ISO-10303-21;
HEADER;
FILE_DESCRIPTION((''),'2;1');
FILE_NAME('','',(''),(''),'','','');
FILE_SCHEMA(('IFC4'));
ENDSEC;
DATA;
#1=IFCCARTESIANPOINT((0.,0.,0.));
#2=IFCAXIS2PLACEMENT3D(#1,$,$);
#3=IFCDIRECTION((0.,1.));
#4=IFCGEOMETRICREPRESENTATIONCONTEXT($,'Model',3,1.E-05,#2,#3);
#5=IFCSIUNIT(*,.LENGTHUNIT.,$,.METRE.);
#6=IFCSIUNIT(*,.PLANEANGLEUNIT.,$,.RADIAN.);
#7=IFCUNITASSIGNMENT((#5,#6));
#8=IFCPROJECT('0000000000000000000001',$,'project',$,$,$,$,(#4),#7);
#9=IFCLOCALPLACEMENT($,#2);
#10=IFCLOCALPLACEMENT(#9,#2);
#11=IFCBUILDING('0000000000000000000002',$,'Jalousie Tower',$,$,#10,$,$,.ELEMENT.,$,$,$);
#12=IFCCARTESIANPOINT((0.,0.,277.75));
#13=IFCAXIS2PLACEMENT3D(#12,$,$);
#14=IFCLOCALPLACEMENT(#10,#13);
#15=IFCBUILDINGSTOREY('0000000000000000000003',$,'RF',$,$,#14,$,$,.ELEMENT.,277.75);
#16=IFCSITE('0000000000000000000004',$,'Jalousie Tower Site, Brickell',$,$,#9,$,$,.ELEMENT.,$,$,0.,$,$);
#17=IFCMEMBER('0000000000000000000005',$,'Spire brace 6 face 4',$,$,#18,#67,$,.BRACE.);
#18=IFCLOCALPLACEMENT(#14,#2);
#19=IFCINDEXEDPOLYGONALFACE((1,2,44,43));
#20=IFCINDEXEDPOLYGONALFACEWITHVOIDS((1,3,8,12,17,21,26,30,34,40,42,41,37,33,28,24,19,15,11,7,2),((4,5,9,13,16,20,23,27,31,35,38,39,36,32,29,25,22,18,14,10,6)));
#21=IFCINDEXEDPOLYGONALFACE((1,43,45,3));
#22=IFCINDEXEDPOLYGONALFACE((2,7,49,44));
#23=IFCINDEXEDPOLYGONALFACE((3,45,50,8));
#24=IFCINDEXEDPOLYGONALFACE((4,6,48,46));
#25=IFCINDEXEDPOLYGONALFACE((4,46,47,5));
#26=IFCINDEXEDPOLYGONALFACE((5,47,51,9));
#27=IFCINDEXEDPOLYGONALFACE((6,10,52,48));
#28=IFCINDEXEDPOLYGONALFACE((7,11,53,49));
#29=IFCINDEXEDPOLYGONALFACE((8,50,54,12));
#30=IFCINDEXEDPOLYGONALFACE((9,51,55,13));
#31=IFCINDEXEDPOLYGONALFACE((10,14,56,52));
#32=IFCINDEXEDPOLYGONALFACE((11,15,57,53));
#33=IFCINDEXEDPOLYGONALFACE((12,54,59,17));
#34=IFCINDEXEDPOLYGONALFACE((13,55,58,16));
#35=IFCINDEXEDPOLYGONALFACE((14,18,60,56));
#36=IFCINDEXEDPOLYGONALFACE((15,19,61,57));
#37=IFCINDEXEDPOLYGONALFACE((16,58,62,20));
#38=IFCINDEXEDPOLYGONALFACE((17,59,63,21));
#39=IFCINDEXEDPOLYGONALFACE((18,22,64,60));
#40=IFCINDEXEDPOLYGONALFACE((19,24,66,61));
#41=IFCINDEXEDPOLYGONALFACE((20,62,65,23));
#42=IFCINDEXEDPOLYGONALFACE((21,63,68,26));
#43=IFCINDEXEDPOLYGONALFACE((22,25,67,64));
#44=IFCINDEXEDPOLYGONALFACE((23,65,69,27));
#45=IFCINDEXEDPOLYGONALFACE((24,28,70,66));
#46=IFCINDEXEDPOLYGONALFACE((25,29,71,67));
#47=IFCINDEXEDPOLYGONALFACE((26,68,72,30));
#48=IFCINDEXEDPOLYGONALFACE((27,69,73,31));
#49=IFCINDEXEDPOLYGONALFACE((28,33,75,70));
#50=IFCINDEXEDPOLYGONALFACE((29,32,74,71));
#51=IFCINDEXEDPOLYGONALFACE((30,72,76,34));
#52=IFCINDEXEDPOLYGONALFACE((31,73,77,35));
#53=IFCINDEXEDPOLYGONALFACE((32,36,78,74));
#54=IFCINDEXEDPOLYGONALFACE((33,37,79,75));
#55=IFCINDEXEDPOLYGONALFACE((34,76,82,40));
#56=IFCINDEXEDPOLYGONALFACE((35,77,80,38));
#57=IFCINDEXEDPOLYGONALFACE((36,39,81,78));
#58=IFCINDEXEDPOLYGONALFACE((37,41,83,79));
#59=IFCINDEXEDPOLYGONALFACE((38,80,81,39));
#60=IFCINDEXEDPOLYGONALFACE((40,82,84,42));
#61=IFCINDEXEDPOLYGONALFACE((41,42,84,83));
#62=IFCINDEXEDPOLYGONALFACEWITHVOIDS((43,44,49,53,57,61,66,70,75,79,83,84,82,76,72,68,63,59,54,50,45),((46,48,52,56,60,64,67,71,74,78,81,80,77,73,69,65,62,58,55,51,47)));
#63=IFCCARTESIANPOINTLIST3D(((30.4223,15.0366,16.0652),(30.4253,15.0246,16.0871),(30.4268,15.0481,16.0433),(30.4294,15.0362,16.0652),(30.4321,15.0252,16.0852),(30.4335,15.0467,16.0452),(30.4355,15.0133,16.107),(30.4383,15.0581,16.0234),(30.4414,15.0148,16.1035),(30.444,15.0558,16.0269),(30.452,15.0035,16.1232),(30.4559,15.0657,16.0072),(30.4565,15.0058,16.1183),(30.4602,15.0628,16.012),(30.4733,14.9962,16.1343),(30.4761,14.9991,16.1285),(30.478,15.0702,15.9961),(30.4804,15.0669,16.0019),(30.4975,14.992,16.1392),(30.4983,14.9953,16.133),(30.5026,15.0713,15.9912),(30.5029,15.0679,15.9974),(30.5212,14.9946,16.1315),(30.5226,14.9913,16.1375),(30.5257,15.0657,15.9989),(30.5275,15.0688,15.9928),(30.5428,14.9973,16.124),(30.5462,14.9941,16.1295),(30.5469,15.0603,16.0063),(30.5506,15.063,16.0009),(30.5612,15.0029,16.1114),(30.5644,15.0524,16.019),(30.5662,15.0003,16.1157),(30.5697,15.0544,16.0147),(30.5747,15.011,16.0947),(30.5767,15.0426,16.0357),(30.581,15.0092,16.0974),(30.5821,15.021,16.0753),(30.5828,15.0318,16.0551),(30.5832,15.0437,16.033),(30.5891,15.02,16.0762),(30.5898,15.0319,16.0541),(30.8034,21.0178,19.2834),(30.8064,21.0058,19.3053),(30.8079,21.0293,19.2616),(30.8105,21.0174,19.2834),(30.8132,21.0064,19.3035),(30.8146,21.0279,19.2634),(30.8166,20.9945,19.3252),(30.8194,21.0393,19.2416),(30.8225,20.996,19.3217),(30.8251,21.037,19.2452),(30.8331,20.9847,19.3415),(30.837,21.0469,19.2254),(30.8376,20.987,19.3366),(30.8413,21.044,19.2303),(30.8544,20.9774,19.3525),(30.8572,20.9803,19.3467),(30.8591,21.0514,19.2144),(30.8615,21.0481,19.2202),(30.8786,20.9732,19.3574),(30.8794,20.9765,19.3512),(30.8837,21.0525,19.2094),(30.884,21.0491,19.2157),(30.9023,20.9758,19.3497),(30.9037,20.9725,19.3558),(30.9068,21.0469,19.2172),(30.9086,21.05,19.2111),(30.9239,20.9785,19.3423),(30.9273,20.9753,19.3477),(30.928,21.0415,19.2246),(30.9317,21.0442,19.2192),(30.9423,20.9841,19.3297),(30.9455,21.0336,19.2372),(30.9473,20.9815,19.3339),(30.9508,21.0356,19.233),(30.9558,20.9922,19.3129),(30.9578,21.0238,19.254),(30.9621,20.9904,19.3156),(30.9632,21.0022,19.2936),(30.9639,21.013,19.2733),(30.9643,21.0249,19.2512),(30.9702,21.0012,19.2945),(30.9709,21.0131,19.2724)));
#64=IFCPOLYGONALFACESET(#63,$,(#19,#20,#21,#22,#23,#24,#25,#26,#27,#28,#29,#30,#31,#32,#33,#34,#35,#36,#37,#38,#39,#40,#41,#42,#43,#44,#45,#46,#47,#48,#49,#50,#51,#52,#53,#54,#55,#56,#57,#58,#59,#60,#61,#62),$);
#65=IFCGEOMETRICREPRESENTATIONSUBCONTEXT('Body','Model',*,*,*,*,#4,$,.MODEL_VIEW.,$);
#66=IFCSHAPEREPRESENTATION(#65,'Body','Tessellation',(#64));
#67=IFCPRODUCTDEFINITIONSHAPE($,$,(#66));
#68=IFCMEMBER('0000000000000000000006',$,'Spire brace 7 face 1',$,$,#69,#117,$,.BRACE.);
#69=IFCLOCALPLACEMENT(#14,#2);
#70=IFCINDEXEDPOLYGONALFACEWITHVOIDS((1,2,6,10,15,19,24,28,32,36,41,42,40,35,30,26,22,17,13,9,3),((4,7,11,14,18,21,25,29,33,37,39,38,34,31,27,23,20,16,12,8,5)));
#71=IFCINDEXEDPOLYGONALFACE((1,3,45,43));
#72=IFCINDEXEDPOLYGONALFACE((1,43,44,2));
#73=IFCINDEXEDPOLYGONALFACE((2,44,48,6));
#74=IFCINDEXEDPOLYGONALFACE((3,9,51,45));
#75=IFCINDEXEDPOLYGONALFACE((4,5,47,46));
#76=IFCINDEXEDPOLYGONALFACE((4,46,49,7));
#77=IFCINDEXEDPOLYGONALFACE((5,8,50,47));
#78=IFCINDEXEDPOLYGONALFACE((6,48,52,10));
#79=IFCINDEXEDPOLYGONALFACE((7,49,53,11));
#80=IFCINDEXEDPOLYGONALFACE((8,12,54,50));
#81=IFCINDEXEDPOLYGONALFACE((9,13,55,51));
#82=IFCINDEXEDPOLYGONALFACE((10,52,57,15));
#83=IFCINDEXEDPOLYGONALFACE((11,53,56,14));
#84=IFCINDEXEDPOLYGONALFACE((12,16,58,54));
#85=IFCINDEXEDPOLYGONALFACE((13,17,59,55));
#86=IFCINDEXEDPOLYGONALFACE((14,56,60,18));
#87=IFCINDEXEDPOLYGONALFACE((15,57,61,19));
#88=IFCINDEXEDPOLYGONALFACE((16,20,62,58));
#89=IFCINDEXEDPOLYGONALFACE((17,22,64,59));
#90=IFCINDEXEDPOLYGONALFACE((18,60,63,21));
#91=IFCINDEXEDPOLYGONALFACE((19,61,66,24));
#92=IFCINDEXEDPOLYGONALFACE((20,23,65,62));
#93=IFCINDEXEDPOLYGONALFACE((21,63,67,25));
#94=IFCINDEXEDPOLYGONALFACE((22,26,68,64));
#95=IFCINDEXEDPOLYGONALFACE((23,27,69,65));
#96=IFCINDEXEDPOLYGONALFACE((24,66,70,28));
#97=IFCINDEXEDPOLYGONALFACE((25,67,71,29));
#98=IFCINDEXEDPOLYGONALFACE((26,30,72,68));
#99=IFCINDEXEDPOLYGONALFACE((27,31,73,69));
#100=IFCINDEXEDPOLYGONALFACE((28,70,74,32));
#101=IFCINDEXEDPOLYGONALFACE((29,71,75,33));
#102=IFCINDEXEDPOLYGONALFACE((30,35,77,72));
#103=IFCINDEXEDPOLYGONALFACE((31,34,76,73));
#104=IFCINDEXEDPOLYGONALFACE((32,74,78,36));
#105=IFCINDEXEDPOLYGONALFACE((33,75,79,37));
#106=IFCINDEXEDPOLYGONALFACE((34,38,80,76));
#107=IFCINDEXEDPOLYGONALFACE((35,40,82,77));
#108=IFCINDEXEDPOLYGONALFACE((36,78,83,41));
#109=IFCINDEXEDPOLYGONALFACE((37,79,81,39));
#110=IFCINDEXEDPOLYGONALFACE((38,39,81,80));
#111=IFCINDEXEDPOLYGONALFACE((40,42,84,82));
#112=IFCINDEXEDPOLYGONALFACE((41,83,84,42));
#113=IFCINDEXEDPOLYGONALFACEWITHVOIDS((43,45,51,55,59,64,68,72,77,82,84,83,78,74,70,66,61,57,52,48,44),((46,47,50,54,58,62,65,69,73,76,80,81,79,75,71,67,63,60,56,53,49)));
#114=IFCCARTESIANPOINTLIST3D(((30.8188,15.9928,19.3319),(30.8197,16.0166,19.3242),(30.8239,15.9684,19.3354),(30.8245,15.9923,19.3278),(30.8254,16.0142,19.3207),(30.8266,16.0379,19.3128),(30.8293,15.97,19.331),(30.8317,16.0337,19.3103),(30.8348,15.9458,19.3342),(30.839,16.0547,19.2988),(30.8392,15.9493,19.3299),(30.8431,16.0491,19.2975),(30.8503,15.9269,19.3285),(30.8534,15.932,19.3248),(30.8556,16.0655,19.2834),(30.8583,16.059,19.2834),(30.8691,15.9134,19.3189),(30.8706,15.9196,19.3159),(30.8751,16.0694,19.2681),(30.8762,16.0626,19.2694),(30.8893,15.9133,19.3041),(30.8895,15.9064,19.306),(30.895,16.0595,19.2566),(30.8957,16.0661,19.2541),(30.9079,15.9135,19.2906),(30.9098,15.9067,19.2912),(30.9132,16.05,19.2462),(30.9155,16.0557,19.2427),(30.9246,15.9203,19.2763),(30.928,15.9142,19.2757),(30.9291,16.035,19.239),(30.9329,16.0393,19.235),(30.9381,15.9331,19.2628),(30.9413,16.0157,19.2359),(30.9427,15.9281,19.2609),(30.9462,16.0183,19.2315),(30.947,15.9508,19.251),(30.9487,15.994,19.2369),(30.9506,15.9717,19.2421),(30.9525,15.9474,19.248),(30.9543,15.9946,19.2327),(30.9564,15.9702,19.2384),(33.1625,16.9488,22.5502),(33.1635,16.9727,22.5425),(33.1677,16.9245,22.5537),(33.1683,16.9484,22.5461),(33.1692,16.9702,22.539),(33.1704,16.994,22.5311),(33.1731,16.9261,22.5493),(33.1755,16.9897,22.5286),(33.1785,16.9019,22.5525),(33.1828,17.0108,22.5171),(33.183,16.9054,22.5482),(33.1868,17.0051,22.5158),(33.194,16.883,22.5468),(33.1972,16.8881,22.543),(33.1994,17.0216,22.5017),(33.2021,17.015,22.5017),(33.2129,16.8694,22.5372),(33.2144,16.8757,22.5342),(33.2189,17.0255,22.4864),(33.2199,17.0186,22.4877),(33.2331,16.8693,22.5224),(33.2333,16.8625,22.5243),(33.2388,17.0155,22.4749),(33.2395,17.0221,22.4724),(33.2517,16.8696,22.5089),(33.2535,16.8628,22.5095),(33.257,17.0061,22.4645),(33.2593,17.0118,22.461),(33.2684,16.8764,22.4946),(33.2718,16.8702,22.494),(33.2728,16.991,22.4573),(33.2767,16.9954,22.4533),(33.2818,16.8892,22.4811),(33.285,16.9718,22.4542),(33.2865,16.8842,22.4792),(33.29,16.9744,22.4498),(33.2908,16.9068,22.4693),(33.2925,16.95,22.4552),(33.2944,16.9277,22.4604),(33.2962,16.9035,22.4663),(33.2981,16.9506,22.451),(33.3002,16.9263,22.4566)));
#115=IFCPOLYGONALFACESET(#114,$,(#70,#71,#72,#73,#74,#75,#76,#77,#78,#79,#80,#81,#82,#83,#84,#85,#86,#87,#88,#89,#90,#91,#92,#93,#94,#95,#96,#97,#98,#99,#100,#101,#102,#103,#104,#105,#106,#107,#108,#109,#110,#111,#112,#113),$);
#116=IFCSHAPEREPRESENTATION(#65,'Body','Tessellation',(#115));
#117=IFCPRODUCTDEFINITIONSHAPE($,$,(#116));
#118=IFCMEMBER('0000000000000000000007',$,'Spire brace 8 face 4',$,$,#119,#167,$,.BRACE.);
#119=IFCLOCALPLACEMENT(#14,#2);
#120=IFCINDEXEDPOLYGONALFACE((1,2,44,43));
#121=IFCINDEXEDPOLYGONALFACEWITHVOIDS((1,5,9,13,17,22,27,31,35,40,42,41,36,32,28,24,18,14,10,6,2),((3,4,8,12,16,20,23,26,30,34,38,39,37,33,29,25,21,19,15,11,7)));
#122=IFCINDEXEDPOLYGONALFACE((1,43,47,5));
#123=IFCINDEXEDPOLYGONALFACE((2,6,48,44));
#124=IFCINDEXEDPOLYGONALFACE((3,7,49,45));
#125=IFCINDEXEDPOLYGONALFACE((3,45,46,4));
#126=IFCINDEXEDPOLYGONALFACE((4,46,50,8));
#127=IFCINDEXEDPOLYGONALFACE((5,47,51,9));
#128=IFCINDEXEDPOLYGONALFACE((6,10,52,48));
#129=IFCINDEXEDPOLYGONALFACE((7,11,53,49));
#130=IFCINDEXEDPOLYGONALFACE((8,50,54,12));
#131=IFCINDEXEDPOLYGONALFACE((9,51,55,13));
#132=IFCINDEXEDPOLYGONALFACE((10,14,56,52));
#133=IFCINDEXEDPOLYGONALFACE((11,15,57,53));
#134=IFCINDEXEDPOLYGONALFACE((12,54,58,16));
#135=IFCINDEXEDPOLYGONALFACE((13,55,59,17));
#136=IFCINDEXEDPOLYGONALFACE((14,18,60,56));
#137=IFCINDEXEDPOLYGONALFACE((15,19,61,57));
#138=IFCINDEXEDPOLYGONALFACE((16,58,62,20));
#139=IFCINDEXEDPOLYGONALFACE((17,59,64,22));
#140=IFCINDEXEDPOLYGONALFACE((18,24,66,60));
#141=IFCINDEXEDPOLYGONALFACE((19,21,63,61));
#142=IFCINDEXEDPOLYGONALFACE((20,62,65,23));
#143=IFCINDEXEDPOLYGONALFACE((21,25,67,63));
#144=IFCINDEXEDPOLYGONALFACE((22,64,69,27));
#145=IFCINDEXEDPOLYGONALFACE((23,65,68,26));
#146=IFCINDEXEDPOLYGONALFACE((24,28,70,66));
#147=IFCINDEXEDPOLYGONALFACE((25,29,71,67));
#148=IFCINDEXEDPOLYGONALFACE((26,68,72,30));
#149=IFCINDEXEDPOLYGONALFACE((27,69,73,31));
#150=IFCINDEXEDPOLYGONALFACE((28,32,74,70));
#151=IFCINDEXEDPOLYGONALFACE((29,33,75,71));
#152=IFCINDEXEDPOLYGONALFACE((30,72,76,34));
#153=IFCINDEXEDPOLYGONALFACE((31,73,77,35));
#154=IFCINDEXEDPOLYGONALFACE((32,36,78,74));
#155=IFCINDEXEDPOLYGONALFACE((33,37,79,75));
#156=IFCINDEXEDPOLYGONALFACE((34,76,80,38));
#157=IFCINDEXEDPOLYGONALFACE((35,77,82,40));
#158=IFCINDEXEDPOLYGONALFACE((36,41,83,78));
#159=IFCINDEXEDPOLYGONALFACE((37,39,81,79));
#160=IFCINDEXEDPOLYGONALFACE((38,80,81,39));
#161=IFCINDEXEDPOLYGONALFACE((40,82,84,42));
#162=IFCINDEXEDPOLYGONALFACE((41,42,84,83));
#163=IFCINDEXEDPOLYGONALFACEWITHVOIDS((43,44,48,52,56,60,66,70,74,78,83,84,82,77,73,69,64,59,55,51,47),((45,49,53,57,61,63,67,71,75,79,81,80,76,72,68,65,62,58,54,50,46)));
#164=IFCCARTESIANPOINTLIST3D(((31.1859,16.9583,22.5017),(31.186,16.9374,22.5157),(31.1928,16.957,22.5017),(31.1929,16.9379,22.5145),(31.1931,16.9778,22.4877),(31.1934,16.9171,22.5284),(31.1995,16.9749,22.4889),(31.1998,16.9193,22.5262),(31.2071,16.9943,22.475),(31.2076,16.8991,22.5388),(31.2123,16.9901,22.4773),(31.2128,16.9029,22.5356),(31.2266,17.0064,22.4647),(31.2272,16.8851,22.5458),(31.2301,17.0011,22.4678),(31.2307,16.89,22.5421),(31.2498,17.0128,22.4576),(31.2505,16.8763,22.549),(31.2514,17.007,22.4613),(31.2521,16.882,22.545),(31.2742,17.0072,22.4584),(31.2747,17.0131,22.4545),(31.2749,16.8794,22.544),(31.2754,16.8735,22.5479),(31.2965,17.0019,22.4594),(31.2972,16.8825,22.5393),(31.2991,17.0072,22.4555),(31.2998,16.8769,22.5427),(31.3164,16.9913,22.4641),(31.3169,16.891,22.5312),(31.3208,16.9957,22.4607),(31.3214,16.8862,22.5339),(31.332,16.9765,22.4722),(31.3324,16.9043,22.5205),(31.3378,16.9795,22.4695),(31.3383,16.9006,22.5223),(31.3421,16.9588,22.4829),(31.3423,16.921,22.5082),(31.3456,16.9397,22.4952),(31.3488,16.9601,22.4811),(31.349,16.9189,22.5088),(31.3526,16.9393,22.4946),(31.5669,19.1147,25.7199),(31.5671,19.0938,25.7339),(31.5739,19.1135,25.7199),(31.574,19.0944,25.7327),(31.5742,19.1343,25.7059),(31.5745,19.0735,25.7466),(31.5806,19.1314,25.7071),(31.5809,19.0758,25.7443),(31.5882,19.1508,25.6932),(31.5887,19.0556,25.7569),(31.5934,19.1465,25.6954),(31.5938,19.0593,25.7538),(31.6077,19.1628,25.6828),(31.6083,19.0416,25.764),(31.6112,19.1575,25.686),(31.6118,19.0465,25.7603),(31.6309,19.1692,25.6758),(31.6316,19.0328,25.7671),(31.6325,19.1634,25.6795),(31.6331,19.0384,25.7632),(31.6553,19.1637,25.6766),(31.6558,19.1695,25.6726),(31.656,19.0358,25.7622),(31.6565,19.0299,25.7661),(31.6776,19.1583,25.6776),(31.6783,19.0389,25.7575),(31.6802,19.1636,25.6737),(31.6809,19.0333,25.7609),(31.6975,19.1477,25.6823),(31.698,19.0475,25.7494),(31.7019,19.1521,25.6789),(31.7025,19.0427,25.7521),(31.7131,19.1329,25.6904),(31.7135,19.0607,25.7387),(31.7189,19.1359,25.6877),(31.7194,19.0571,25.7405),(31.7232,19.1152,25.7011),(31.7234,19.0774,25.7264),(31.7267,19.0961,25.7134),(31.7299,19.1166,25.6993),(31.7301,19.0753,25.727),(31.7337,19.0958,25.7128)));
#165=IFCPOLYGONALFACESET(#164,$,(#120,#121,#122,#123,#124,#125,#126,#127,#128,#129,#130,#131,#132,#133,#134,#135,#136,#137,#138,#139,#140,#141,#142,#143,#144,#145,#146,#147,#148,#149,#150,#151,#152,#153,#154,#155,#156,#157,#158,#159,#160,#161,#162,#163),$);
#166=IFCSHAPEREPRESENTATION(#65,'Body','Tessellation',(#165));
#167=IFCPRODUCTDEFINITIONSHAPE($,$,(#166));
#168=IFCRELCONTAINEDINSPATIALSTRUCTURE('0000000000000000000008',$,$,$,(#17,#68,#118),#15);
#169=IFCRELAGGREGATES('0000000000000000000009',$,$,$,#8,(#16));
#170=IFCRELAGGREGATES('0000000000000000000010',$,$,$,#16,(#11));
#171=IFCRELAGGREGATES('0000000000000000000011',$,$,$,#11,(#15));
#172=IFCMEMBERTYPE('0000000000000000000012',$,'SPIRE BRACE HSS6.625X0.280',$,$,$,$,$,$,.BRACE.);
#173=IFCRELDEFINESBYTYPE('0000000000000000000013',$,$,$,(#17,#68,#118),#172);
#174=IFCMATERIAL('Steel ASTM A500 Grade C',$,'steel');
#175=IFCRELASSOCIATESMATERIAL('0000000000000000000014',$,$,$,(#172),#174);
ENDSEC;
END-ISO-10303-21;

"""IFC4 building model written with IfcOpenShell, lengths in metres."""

from ifc_helpers import new_model, si_unit, direction, frame, origin, origin_2d, place, context, subcontext, project, spatial, hollow_circle, extrude, material, material_profile, profile_set, type_object, element, save


model = new_model("IFC4")

# Units and contexts
model_context = context("Model", 3, precision=1e-05, world=origin(), true_north=direction((0.0, 1.0)))
body_context = subcontext(model_context, "Body", "Model", "MODEL_VIEW")
ifc_project = project(units=[si_unit("LENGTHUNIT", "METRE"), si_unit("PLANEANGLEUNIT", "RADIAN")], contexts=[model_context])

# Site, building, storey
site_placement = place(None, origin())
site = spatial("IfcSite", under=ifc_project, at=site_placement, Name="Jalousie Tower Site, Brickell", CompositionType="ELEMENT", RefElevation=0.0)
building_placement = place(site_placement, origin())
building = spatial("IfcBuilding", under=site, at=building_placement, Name="Jalousie Tower", CompositionType="ELEMENT")
storey_placement = place(building_placement, frame((0.0, 0.0, 277.75)))
storey = spatial("IfcBuildingStorey", under=building, at=storey_placement, Name="RF", CompositionType="ELEMENT", Elevation=277.75)

# Members
ifc_material_1 = material(Name="Steel ASTM A500 Grade C", Category="steel")
ifc_material_profile_1 = material_profile(ifc_material_1, hollow_circle(Radius=0.0842, WallThickness=0.0071, at=origin_2d()), Name="HSS6.625X0.280")
ifc_profile_set_1 = profile_set([ifc_material_profile_1], Name="Steel ASTM A500 Grade C")
member_type_1 = type_object("IfcMemberType", Name="SPIRE BRACE HSS6.625X0.280", PredefinedType="BRACE", material=ifc_profile_set_1)
member_1_placement = place(storey_placement, frame((30.5063, 15.0312, 16.0652), z_axis=(0.056022, 0.879235, 0.473083), x_axis=(-0.997976, 0.063588, 0.0)))
element("IfcMember", 1, at=member_1_placement, inside=storey, type_object=member_type_1, Name="Spire brace 6 face 4", PredefinedType="BRACE", context=body_context, shape_type="SweptSolid", body=[
    extrude(hollow_circle(Radius=0.0842, WallThickness=0.0071, at=origin_2d()), origin(), (0.0, 0.0, 1.0), 6.8027),
])
member_2_placement = place(storey_placement, frame((30.8875, 15.9875, 19.2834), z_axis=(0.572423, 0.233501, 0.786008), x_axis=(-0.377701, 0.925928, 0.0)))
element("IfcMember", 2, at=member_2_placement, inside=storey, type_object=member_type_1, Name="Spire brace 7 face 1", PredefinedType="BRACE", context=body_context, shape_type="SweptSolid", body=[
    extrude(hollow_circle(Radius=0.0842, WallThickness=0.0071, at=origin_2d()), origin(), (0.0, 0.0, 1.0), 4.0945),
])
member_3_placement = place(storey_placement, frame((31.2688, 16.9436, 22.5017), z_axis=(0.097903, 0.553988, 0.826748), x_axis=(-0.984741, 0.174027, 0.0)))
element("IfcMember", 3, at=member_3_placement, inside=storey, type_object=member_type_1, Name="Spire brace 8 face 4", PredefinedType="BRACE", context=body_context, shape_type="SweptSolid", body=[
    extrude(hollow_circle(Radius=0.0842, WallThickness=0.0071, at=origin_2d()), origin(), (0.0, 0.0, 1.0), 3.8926),
])

save(model, "model.ifc")
